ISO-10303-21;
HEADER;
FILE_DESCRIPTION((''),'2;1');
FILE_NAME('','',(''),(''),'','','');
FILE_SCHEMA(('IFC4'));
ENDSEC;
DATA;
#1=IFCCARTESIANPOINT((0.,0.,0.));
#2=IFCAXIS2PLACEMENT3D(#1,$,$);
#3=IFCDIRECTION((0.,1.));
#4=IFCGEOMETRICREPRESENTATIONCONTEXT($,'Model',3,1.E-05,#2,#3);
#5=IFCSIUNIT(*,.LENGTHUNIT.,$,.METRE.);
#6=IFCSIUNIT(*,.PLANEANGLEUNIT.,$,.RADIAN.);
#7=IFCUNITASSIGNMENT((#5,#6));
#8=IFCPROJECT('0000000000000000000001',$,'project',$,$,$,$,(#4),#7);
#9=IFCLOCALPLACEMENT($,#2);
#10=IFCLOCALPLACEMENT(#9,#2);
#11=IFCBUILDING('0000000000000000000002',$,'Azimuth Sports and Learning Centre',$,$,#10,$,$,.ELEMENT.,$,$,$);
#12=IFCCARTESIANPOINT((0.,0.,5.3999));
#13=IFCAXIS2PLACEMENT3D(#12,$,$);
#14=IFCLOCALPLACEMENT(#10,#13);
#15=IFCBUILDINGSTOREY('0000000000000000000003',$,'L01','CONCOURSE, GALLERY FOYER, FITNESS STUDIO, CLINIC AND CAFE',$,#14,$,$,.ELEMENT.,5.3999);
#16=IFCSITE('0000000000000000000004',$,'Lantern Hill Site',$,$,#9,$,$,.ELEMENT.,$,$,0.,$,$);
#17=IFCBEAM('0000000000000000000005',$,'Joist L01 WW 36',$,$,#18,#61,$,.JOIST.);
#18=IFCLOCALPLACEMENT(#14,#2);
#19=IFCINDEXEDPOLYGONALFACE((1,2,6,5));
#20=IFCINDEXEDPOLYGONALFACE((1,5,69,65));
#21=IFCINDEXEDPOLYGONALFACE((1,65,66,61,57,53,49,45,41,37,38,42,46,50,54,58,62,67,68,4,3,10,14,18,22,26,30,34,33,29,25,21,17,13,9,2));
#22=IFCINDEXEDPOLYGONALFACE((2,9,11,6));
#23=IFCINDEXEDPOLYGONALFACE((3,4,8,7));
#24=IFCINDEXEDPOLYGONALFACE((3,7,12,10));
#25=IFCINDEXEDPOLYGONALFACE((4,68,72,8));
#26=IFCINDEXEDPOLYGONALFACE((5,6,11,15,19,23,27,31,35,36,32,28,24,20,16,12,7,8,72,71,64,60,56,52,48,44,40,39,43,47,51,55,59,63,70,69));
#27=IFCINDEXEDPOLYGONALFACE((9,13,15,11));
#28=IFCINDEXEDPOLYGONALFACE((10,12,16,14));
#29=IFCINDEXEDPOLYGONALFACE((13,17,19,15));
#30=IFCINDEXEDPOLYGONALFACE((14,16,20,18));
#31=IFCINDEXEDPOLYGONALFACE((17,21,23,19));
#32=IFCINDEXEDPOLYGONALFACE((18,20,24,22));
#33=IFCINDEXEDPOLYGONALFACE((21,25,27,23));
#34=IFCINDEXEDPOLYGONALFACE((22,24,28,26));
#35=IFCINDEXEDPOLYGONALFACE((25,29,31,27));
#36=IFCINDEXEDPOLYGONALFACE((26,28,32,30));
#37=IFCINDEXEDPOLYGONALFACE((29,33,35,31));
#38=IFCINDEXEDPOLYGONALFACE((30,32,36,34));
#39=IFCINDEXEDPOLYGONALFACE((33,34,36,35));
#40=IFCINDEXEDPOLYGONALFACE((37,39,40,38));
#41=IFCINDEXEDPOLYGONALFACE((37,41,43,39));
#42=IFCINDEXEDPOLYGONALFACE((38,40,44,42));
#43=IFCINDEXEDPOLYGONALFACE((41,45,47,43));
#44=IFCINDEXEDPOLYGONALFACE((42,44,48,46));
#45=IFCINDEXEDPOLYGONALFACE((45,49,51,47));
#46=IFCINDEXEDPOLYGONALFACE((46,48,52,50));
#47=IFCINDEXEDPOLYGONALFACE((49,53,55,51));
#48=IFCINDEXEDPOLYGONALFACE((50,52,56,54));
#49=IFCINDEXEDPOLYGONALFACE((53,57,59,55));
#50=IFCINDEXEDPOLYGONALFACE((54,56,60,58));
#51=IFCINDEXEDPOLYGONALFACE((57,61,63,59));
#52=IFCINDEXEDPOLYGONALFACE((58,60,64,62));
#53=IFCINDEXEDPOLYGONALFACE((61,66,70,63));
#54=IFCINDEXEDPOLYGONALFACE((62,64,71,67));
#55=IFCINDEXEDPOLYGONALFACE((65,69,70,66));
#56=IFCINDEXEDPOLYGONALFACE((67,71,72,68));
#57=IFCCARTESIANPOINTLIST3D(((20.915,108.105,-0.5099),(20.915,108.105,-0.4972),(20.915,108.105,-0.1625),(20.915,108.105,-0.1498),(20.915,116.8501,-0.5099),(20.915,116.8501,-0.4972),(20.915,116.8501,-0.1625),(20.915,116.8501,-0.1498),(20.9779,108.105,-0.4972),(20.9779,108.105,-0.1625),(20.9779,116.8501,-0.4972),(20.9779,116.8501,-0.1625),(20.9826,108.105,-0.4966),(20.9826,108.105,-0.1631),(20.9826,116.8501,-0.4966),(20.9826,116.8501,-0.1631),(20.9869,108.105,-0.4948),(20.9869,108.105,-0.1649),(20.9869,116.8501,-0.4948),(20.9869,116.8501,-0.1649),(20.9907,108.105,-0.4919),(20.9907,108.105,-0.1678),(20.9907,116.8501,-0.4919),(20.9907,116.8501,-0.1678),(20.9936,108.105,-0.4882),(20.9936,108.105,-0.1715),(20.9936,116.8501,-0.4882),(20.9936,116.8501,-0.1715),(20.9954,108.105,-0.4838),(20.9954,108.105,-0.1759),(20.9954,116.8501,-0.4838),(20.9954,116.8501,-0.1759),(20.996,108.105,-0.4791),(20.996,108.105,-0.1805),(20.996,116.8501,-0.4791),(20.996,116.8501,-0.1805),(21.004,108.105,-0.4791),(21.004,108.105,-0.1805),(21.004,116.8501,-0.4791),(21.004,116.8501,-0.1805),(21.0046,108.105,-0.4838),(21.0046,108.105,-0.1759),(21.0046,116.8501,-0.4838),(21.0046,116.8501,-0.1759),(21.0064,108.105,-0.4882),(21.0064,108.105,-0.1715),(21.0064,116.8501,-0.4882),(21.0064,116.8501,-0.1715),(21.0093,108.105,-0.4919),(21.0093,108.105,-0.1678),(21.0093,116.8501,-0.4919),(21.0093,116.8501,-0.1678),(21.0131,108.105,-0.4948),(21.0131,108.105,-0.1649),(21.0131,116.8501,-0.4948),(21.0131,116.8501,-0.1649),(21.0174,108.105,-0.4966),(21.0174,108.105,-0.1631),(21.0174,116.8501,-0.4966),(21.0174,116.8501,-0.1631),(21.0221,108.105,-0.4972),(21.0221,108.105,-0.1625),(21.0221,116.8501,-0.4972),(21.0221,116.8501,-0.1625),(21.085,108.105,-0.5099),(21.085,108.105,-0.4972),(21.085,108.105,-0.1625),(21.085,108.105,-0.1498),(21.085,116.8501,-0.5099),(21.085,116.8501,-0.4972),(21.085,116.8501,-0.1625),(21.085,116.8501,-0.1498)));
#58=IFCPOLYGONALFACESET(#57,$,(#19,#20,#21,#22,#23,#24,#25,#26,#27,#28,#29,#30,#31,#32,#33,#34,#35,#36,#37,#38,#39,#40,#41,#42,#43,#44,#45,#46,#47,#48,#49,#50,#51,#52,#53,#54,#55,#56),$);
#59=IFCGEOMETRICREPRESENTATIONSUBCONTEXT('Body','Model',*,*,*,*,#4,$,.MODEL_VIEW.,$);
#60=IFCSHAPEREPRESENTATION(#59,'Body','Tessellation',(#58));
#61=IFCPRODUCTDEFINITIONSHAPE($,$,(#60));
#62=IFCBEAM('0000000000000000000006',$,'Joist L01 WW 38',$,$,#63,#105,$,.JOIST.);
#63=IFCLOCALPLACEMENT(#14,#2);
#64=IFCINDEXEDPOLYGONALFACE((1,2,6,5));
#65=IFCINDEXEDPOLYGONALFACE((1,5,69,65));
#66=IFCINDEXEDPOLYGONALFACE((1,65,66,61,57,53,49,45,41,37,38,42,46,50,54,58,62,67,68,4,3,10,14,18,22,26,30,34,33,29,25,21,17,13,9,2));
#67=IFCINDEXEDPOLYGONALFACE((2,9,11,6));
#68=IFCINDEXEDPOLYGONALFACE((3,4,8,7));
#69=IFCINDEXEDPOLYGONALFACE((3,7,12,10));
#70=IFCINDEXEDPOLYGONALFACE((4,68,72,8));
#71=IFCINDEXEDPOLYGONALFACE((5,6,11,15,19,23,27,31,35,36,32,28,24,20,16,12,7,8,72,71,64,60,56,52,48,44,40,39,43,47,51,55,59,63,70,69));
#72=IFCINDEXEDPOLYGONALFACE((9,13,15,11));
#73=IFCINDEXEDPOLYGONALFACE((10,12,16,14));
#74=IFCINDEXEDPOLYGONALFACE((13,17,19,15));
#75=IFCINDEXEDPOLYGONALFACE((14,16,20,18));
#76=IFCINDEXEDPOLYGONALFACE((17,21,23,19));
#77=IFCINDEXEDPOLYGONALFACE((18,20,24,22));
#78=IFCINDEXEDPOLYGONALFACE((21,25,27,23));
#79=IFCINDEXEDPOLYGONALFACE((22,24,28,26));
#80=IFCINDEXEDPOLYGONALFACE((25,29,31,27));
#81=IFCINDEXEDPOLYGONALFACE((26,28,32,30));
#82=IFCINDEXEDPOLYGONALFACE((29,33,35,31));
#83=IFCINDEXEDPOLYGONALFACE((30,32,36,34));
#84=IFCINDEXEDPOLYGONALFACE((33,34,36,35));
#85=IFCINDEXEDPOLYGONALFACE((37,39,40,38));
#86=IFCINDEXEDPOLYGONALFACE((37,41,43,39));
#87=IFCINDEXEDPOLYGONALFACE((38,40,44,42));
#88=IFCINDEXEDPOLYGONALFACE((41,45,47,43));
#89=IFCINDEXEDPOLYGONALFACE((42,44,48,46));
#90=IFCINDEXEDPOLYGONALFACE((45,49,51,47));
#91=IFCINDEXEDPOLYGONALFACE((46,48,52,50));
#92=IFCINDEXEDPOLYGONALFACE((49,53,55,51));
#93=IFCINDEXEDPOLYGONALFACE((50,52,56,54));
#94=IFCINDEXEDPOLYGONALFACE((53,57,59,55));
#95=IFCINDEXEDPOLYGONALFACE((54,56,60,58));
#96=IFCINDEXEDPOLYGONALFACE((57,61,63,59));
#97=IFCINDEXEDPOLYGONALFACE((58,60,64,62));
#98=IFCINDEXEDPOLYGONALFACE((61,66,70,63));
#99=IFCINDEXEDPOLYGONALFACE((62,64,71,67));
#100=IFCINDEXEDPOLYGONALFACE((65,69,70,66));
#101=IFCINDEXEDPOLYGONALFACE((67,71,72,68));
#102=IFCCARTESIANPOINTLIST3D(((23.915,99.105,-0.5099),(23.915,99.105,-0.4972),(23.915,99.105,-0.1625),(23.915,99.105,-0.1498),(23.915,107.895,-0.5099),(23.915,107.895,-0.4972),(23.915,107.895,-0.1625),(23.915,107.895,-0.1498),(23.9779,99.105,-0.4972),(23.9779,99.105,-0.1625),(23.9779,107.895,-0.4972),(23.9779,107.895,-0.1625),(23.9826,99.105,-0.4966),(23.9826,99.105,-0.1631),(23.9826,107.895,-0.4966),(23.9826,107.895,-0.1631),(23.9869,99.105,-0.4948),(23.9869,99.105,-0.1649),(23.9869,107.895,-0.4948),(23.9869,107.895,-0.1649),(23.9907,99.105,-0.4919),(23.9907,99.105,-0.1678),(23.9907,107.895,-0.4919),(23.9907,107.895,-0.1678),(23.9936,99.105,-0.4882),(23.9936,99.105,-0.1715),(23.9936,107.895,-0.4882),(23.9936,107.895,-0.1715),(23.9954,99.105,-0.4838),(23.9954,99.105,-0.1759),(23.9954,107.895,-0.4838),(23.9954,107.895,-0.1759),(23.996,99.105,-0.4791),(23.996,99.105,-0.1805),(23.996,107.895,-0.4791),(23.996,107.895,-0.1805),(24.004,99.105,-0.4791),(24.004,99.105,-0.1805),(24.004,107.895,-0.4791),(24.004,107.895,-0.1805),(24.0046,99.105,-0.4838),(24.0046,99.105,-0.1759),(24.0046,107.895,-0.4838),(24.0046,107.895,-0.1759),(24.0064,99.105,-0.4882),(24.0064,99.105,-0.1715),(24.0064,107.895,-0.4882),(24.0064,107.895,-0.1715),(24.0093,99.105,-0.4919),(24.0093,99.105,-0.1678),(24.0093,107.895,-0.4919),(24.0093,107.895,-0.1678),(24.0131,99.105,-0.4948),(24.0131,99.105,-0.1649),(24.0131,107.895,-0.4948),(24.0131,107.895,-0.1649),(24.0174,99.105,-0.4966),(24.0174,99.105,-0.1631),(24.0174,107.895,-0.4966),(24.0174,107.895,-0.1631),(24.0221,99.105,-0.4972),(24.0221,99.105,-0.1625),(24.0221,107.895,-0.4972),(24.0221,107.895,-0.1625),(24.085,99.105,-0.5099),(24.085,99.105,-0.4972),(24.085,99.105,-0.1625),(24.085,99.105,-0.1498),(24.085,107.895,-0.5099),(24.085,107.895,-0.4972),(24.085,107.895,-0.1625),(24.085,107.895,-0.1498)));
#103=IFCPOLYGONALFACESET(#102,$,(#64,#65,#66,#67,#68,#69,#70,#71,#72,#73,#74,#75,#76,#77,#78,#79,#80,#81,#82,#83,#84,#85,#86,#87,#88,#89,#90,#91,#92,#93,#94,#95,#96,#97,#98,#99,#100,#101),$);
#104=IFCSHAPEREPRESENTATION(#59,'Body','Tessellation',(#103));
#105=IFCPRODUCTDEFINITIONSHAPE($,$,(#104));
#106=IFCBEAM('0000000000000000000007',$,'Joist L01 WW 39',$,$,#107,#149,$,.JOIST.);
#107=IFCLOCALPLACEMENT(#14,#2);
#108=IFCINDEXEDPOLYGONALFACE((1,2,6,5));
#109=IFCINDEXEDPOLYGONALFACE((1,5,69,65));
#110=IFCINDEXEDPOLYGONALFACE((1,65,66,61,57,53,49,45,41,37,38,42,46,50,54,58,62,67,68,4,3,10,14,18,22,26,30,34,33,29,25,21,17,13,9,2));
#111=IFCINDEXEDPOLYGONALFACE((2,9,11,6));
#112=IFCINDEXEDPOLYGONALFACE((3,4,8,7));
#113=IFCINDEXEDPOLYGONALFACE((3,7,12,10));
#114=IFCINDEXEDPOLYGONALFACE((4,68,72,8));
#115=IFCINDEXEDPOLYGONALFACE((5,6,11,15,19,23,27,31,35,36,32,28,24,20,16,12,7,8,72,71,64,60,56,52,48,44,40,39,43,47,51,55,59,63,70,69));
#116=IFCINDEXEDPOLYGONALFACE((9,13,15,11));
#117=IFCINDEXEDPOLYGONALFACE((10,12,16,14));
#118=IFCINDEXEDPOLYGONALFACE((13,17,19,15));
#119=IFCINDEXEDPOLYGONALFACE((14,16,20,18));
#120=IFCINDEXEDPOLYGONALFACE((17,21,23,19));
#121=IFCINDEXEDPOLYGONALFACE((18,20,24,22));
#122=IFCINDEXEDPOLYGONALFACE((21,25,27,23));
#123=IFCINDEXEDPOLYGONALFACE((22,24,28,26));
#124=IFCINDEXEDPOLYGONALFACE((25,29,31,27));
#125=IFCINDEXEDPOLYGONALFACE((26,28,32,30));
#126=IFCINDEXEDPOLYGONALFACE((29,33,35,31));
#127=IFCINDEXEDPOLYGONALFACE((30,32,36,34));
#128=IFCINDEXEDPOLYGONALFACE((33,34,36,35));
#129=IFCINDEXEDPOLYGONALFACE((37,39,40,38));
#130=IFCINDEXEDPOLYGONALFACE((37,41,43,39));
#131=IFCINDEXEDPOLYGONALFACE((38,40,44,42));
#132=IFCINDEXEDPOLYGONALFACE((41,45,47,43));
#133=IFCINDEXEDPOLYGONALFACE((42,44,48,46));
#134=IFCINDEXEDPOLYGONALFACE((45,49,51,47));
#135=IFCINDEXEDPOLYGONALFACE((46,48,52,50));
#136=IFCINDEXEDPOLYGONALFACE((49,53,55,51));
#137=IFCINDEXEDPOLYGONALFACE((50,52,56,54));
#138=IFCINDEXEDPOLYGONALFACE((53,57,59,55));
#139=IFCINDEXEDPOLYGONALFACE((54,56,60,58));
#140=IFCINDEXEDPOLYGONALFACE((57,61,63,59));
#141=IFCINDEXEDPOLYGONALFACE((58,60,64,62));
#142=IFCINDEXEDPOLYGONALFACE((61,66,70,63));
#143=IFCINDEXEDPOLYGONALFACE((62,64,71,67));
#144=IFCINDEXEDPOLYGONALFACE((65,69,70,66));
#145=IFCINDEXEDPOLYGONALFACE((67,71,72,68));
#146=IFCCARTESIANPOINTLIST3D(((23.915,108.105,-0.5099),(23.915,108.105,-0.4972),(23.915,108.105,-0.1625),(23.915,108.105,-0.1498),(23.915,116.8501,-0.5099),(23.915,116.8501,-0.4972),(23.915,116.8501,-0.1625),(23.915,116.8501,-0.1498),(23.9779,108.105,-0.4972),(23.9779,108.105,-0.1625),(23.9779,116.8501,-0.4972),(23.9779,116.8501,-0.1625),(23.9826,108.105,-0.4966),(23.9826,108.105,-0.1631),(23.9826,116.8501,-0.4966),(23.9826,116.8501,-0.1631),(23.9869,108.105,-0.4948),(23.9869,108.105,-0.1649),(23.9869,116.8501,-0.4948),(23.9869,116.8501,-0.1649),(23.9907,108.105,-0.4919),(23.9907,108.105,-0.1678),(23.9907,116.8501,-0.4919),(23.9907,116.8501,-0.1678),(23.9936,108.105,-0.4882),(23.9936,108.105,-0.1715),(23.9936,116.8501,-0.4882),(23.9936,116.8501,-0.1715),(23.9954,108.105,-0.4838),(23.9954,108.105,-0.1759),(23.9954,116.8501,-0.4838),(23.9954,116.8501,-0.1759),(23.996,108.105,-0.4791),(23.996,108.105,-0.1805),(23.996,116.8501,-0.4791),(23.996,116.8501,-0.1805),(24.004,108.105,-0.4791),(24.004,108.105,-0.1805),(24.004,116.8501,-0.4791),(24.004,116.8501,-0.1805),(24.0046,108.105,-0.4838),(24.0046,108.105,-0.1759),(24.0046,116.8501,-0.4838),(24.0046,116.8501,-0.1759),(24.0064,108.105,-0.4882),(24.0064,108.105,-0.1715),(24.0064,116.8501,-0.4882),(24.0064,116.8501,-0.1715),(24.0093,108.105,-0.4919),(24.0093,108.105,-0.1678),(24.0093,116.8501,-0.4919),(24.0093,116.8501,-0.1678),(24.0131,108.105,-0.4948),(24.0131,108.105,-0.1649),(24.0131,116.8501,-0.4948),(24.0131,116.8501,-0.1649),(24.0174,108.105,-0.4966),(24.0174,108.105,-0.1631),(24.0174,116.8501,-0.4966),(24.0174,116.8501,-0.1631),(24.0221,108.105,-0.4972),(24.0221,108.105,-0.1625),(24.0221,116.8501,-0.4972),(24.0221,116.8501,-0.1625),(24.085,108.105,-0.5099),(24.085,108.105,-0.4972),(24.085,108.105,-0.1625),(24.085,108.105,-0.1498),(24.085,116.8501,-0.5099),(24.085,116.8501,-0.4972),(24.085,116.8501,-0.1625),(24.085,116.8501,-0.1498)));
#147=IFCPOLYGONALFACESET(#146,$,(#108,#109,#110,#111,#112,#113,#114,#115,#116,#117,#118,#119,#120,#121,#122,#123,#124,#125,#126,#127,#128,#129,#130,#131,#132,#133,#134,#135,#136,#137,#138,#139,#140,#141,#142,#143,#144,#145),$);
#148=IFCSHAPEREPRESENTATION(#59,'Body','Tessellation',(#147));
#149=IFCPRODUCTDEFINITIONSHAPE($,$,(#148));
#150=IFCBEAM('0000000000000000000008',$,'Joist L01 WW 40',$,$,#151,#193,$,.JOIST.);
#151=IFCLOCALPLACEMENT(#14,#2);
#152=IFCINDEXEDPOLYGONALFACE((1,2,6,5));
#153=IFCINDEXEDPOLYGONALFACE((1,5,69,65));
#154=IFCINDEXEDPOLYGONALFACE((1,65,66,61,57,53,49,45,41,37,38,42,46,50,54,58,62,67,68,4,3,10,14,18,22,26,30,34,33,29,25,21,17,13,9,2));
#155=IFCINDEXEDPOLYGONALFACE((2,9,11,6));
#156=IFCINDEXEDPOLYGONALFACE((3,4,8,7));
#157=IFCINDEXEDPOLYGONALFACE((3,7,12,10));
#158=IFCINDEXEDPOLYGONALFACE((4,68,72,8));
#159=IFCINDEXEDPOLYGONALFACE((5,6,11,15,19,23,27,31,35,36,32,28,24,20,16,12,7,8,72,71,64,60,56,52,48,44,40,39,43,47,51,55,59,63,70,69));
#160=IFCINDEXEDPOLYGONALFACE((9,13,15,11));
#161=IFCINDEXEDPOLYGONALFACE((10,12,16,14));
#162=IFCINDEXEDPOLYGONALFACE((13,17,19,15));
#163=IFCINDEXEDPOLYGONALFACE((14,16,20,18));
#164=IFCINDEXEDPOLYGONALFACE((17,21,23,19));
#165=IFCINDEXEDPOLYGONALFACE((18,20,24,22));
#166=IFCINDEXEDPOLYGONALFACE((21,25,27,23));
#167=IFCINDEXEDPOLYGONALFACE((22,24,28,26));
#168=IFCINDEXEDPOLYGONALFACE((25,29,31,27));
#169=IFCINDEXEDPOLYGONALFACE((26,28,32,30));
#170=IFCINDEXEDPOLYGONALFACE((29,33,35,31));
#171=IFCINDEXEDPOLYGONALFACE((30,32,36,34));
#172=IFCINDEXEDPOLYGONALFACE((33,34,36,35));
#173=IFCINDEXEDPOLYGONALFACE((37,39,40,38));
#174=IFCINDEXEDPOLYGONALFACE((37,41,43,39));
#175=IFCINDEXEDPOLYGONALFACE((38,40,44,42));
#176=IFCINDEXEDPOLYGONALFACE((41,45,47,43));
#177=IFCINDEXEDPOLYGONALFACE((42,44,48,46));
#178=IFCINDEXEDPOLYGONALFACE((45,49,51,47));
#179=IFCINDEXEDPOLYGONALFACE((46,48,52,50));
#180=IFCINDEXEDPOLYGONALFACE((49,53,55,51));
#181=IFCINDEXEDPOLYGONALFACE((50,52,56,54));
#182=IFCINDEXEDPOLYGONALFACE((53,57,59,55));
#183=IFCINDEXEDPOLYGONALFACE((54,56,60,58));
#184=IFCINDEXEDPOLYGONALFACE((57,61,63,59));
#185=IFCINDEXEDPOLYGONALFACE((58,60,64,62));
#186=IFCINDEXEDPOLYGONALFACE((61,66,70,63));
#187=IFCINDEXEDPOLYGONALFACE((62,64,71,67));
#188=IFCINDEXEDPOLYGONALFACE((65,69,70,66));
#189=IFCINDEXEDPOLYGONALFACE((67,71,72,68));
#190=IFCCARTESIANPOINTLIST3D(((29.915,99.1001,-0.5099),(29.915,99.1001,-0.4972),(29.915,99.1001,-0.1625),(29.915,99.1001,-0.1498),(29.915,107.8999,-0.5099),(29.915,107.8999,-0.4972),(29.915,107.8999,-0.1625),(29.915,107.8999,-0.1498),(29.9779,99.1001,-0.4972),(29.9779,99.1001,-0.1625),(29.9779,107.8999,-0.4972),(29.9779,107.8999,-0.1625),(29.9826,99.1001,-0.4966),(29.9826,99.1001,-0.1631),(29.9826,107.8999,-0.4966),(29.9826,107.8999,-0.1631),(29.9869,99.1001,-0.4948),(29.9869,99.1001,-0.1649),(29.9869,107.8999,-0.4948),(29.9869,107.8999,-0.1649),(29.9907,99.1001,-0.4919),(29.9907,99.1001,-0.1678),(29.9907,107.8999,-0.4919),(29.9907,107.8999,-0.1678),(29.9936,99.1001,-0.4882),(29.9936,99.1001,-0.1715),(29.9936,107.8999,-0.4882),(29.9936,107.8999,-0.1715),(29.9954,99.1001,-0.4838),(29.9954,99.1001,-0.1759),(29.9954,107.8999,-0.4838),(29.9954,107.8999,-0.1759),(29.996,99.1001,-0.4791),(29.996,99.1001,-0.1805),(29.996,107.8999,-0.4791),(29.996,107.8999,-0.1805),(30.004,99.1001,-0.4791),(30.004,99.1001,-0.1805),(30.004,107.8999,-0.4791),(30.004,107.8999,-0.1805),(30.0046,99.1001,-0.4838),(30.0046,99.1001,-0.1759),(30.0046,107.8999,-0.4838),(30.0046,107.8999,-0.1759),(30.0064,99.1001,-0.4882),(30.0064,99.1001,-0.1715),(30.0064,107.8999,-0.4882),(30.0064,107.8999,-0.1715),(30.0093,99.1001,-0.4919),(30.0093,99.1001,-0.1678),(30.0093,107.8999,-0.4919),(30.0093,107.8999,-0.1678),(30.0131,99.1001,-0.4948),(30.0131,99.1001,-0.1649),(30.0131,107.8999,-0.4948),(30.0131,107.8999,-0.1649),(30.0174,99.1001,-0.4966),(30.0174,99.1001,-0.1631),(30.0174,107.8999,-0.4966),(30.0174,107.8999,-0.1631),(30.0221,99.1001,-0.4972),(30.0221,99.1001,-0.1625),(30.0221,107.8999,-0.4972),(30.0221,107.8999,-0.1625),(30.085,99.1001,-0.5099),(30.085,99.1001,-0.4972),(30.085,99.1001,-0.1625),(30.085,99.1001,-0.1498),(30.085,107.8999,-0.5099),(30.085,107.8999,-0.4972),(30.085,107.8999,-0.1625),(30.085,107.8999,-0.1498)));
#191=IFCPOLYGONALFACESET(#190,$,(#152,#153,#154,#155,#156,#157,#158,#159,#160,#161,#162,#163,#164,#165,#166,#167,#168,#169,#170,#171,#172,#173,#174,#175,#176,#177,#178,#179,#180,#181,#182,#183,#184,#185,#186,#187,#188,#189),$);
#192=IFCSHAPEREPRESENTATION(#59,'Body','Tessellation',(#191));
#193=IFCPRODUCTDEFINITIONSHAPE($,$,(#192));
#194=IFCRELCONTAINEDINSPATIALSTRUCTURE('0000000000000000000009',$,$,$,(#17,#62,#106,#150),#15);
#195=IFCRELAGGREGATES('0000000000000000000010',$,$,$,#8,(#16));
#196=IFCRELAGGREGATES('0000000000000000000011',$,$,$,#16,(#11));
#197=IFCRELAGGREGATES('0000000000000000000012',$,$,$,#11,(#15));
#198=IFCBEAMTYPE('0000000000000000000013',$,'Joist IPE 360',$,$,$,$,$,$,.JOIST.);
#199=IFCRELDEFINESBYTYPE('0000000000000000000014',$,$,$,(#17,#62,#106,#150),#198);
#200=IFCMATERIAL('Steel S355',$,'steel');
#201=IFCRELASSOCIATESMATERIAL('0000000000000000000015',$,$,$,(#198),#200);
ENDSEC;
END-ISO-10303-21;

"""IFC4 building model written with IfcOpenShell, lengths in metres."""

from ifc_helpers import new_model, si_unit, direction, frame, origin, origin_2d, place, context, subcontext, project, spatial, i_section, extrude, material, material_profile, profile_set, type_object, element, save


model = new_model("IFC4")

# Units and contexts
model_context = context("Model", 3, precision=1e-05, world=origin(), true_north=direction((0.0, 1.0)))
body_context = subcontext(model_context, "Body", "Model", "MODEL_VIEW")
ifc_project = project(units=[si_unit("LENGTHUNIT", "METRE"), si_unit("PLANEANGLEUNIT", "RADIAN")], contexts=[model_context])

# Site, building, storey
site_placement = place(None, origin())
site = spatial("IfcSite", under=ifc_project, at=site_placement, Name="Lantern Hill Site", CompositionType="ELEMENT", RefElevation=0.0)
building_placement = place(site_placement, origin())
building = spatial("IfcBuilding", under=site, at=building_placement, Name="Azimuth Sports and Learning Centre", CompositionType="ELEMENT")
storey_placement = place(building_placement, frame((0.0, 0.0, 5.3999)))
storey = spatial("IfcBuildingStorey", under=building, at=storey_placement, Name="L01", Description="CONCOURSE, GALLERY FOYER, FITNESS STUDIO, CLINIC AND CAFE", CompositionType="ELEMENT", Elevation=5.3999)

# Beams
ifc_material_1 = material(Name="Steel S355", Category="steel")
ifc_material_profile_1 = material_profile(ifc_material_1, i_section(OverallWidth=0.1699, OverallDepth=0.3601, WebThickness=0.0081, FlangeThickness=0.0127, FilletRadius=0.0181, at=origin_2d()), Name="IPE 360")
ifc_profile_set_1 = profile_set([ifc_material_profile_1], Name="Steel S355")
beam_type_1 = type_object("IfcBeamType", Name="Joist IPE 360", PredefinedType="JOIST", material=ifc_profile_set_1)
beam_1_placement = place(storey_placement, frame((21.0, 108.105, -0.3298), z_axis=(0.0, 1.0, 0.0), x_axis=(-1.0, 0.0, 0.0)))
element("IfcBeam", 1, at=beam_1_placement, inside=storey, type_object=beam_type_1, Name="Joist L01 WW 36", PredefinedType="JOIST", context=body_context, shape_type="SweptSolid", body=[
    extrude(i_section(OverallWidth=0.1699, OverallDepth=0.3601, WebThickness=0.0081, FlangeThickness=0.0127, FilletRadius=0.0181, at=origin_2d()), origin(), (0.0, 0.0, 1.0), 8.7451),
])
beam_2_placement = place(storey_placement, frame((24.0, 99.105, -0.3298), z_axis=(0.0, 1.0, 0.0), x_axis=(-1.0, 0.0, 0.0)))
element("IfcBeam", 2, at=beam_2_placement, inside=storey, type_object=beam_type_1, Name="Joist L01 WW 38", PredefinedType="JOIST", context=body_context, shape_type="SweptSolid", body=[
    extrude(i_section(OverallWidth=0.1699, OverallDepth=0.3601, WebThickness=0.0081, FlangeThickness=0.0127, FilletRadius=0.0181, at=origin_2d()), origin(), (0.0, 0.0, 1.0), 8.79),
])
beam_3_placement = place(storey_placement, frame((24.0, 108.105, -0.3298), z_axis=(0.0, 1.0, 0.0), x_axis=(-1.0, 0.0, 0.0)))
element("IfcBeam", 3, at=beam_3_placement, inside=storey, type_object=beam_type_1, Name="Joist L01 WW 39", PredefinedType="JOIST", context=body_context, shape_type="SweptSolid", body=[
    extrude(i_section(OverallWidth=0.1699, OverallDepth=0.3601, WebThickness=0.0081, FlangeThickness=0.0127, FilletRadius=0.0181, at=origin_2d()), origin(), (0.0, 0.0, 1.0), 8.7451),
])
for number, where, z_axis, x_axis, name in (
    (4, (30.0, 99.1001, -0.3298), (0.0, 1.0, 0.0), (-1.0, 0.0, 0.0), "Joist L01 WW 40"),
):
    element("IfcBeam", number, at=place(storey_placement, frame(where, z_axis=z_axis, x_axis=x_axis)), inside=storey, type_object=beam_type_1, Name=name, PredefinedType="JOIST", context=body_context, shape_type="SweptSolid", body=[
        extrude(i_section(OverallWidth=0.1699, OverallDepth=0.3601, WebThickness=0.0081, FlangeThickness=0.0127, FilletRadius=0.0181, at=origin_2d()), origin(), (0.0, 0.0, 1.0), 8.7998),
    ])

save(model, "model.ifc")
